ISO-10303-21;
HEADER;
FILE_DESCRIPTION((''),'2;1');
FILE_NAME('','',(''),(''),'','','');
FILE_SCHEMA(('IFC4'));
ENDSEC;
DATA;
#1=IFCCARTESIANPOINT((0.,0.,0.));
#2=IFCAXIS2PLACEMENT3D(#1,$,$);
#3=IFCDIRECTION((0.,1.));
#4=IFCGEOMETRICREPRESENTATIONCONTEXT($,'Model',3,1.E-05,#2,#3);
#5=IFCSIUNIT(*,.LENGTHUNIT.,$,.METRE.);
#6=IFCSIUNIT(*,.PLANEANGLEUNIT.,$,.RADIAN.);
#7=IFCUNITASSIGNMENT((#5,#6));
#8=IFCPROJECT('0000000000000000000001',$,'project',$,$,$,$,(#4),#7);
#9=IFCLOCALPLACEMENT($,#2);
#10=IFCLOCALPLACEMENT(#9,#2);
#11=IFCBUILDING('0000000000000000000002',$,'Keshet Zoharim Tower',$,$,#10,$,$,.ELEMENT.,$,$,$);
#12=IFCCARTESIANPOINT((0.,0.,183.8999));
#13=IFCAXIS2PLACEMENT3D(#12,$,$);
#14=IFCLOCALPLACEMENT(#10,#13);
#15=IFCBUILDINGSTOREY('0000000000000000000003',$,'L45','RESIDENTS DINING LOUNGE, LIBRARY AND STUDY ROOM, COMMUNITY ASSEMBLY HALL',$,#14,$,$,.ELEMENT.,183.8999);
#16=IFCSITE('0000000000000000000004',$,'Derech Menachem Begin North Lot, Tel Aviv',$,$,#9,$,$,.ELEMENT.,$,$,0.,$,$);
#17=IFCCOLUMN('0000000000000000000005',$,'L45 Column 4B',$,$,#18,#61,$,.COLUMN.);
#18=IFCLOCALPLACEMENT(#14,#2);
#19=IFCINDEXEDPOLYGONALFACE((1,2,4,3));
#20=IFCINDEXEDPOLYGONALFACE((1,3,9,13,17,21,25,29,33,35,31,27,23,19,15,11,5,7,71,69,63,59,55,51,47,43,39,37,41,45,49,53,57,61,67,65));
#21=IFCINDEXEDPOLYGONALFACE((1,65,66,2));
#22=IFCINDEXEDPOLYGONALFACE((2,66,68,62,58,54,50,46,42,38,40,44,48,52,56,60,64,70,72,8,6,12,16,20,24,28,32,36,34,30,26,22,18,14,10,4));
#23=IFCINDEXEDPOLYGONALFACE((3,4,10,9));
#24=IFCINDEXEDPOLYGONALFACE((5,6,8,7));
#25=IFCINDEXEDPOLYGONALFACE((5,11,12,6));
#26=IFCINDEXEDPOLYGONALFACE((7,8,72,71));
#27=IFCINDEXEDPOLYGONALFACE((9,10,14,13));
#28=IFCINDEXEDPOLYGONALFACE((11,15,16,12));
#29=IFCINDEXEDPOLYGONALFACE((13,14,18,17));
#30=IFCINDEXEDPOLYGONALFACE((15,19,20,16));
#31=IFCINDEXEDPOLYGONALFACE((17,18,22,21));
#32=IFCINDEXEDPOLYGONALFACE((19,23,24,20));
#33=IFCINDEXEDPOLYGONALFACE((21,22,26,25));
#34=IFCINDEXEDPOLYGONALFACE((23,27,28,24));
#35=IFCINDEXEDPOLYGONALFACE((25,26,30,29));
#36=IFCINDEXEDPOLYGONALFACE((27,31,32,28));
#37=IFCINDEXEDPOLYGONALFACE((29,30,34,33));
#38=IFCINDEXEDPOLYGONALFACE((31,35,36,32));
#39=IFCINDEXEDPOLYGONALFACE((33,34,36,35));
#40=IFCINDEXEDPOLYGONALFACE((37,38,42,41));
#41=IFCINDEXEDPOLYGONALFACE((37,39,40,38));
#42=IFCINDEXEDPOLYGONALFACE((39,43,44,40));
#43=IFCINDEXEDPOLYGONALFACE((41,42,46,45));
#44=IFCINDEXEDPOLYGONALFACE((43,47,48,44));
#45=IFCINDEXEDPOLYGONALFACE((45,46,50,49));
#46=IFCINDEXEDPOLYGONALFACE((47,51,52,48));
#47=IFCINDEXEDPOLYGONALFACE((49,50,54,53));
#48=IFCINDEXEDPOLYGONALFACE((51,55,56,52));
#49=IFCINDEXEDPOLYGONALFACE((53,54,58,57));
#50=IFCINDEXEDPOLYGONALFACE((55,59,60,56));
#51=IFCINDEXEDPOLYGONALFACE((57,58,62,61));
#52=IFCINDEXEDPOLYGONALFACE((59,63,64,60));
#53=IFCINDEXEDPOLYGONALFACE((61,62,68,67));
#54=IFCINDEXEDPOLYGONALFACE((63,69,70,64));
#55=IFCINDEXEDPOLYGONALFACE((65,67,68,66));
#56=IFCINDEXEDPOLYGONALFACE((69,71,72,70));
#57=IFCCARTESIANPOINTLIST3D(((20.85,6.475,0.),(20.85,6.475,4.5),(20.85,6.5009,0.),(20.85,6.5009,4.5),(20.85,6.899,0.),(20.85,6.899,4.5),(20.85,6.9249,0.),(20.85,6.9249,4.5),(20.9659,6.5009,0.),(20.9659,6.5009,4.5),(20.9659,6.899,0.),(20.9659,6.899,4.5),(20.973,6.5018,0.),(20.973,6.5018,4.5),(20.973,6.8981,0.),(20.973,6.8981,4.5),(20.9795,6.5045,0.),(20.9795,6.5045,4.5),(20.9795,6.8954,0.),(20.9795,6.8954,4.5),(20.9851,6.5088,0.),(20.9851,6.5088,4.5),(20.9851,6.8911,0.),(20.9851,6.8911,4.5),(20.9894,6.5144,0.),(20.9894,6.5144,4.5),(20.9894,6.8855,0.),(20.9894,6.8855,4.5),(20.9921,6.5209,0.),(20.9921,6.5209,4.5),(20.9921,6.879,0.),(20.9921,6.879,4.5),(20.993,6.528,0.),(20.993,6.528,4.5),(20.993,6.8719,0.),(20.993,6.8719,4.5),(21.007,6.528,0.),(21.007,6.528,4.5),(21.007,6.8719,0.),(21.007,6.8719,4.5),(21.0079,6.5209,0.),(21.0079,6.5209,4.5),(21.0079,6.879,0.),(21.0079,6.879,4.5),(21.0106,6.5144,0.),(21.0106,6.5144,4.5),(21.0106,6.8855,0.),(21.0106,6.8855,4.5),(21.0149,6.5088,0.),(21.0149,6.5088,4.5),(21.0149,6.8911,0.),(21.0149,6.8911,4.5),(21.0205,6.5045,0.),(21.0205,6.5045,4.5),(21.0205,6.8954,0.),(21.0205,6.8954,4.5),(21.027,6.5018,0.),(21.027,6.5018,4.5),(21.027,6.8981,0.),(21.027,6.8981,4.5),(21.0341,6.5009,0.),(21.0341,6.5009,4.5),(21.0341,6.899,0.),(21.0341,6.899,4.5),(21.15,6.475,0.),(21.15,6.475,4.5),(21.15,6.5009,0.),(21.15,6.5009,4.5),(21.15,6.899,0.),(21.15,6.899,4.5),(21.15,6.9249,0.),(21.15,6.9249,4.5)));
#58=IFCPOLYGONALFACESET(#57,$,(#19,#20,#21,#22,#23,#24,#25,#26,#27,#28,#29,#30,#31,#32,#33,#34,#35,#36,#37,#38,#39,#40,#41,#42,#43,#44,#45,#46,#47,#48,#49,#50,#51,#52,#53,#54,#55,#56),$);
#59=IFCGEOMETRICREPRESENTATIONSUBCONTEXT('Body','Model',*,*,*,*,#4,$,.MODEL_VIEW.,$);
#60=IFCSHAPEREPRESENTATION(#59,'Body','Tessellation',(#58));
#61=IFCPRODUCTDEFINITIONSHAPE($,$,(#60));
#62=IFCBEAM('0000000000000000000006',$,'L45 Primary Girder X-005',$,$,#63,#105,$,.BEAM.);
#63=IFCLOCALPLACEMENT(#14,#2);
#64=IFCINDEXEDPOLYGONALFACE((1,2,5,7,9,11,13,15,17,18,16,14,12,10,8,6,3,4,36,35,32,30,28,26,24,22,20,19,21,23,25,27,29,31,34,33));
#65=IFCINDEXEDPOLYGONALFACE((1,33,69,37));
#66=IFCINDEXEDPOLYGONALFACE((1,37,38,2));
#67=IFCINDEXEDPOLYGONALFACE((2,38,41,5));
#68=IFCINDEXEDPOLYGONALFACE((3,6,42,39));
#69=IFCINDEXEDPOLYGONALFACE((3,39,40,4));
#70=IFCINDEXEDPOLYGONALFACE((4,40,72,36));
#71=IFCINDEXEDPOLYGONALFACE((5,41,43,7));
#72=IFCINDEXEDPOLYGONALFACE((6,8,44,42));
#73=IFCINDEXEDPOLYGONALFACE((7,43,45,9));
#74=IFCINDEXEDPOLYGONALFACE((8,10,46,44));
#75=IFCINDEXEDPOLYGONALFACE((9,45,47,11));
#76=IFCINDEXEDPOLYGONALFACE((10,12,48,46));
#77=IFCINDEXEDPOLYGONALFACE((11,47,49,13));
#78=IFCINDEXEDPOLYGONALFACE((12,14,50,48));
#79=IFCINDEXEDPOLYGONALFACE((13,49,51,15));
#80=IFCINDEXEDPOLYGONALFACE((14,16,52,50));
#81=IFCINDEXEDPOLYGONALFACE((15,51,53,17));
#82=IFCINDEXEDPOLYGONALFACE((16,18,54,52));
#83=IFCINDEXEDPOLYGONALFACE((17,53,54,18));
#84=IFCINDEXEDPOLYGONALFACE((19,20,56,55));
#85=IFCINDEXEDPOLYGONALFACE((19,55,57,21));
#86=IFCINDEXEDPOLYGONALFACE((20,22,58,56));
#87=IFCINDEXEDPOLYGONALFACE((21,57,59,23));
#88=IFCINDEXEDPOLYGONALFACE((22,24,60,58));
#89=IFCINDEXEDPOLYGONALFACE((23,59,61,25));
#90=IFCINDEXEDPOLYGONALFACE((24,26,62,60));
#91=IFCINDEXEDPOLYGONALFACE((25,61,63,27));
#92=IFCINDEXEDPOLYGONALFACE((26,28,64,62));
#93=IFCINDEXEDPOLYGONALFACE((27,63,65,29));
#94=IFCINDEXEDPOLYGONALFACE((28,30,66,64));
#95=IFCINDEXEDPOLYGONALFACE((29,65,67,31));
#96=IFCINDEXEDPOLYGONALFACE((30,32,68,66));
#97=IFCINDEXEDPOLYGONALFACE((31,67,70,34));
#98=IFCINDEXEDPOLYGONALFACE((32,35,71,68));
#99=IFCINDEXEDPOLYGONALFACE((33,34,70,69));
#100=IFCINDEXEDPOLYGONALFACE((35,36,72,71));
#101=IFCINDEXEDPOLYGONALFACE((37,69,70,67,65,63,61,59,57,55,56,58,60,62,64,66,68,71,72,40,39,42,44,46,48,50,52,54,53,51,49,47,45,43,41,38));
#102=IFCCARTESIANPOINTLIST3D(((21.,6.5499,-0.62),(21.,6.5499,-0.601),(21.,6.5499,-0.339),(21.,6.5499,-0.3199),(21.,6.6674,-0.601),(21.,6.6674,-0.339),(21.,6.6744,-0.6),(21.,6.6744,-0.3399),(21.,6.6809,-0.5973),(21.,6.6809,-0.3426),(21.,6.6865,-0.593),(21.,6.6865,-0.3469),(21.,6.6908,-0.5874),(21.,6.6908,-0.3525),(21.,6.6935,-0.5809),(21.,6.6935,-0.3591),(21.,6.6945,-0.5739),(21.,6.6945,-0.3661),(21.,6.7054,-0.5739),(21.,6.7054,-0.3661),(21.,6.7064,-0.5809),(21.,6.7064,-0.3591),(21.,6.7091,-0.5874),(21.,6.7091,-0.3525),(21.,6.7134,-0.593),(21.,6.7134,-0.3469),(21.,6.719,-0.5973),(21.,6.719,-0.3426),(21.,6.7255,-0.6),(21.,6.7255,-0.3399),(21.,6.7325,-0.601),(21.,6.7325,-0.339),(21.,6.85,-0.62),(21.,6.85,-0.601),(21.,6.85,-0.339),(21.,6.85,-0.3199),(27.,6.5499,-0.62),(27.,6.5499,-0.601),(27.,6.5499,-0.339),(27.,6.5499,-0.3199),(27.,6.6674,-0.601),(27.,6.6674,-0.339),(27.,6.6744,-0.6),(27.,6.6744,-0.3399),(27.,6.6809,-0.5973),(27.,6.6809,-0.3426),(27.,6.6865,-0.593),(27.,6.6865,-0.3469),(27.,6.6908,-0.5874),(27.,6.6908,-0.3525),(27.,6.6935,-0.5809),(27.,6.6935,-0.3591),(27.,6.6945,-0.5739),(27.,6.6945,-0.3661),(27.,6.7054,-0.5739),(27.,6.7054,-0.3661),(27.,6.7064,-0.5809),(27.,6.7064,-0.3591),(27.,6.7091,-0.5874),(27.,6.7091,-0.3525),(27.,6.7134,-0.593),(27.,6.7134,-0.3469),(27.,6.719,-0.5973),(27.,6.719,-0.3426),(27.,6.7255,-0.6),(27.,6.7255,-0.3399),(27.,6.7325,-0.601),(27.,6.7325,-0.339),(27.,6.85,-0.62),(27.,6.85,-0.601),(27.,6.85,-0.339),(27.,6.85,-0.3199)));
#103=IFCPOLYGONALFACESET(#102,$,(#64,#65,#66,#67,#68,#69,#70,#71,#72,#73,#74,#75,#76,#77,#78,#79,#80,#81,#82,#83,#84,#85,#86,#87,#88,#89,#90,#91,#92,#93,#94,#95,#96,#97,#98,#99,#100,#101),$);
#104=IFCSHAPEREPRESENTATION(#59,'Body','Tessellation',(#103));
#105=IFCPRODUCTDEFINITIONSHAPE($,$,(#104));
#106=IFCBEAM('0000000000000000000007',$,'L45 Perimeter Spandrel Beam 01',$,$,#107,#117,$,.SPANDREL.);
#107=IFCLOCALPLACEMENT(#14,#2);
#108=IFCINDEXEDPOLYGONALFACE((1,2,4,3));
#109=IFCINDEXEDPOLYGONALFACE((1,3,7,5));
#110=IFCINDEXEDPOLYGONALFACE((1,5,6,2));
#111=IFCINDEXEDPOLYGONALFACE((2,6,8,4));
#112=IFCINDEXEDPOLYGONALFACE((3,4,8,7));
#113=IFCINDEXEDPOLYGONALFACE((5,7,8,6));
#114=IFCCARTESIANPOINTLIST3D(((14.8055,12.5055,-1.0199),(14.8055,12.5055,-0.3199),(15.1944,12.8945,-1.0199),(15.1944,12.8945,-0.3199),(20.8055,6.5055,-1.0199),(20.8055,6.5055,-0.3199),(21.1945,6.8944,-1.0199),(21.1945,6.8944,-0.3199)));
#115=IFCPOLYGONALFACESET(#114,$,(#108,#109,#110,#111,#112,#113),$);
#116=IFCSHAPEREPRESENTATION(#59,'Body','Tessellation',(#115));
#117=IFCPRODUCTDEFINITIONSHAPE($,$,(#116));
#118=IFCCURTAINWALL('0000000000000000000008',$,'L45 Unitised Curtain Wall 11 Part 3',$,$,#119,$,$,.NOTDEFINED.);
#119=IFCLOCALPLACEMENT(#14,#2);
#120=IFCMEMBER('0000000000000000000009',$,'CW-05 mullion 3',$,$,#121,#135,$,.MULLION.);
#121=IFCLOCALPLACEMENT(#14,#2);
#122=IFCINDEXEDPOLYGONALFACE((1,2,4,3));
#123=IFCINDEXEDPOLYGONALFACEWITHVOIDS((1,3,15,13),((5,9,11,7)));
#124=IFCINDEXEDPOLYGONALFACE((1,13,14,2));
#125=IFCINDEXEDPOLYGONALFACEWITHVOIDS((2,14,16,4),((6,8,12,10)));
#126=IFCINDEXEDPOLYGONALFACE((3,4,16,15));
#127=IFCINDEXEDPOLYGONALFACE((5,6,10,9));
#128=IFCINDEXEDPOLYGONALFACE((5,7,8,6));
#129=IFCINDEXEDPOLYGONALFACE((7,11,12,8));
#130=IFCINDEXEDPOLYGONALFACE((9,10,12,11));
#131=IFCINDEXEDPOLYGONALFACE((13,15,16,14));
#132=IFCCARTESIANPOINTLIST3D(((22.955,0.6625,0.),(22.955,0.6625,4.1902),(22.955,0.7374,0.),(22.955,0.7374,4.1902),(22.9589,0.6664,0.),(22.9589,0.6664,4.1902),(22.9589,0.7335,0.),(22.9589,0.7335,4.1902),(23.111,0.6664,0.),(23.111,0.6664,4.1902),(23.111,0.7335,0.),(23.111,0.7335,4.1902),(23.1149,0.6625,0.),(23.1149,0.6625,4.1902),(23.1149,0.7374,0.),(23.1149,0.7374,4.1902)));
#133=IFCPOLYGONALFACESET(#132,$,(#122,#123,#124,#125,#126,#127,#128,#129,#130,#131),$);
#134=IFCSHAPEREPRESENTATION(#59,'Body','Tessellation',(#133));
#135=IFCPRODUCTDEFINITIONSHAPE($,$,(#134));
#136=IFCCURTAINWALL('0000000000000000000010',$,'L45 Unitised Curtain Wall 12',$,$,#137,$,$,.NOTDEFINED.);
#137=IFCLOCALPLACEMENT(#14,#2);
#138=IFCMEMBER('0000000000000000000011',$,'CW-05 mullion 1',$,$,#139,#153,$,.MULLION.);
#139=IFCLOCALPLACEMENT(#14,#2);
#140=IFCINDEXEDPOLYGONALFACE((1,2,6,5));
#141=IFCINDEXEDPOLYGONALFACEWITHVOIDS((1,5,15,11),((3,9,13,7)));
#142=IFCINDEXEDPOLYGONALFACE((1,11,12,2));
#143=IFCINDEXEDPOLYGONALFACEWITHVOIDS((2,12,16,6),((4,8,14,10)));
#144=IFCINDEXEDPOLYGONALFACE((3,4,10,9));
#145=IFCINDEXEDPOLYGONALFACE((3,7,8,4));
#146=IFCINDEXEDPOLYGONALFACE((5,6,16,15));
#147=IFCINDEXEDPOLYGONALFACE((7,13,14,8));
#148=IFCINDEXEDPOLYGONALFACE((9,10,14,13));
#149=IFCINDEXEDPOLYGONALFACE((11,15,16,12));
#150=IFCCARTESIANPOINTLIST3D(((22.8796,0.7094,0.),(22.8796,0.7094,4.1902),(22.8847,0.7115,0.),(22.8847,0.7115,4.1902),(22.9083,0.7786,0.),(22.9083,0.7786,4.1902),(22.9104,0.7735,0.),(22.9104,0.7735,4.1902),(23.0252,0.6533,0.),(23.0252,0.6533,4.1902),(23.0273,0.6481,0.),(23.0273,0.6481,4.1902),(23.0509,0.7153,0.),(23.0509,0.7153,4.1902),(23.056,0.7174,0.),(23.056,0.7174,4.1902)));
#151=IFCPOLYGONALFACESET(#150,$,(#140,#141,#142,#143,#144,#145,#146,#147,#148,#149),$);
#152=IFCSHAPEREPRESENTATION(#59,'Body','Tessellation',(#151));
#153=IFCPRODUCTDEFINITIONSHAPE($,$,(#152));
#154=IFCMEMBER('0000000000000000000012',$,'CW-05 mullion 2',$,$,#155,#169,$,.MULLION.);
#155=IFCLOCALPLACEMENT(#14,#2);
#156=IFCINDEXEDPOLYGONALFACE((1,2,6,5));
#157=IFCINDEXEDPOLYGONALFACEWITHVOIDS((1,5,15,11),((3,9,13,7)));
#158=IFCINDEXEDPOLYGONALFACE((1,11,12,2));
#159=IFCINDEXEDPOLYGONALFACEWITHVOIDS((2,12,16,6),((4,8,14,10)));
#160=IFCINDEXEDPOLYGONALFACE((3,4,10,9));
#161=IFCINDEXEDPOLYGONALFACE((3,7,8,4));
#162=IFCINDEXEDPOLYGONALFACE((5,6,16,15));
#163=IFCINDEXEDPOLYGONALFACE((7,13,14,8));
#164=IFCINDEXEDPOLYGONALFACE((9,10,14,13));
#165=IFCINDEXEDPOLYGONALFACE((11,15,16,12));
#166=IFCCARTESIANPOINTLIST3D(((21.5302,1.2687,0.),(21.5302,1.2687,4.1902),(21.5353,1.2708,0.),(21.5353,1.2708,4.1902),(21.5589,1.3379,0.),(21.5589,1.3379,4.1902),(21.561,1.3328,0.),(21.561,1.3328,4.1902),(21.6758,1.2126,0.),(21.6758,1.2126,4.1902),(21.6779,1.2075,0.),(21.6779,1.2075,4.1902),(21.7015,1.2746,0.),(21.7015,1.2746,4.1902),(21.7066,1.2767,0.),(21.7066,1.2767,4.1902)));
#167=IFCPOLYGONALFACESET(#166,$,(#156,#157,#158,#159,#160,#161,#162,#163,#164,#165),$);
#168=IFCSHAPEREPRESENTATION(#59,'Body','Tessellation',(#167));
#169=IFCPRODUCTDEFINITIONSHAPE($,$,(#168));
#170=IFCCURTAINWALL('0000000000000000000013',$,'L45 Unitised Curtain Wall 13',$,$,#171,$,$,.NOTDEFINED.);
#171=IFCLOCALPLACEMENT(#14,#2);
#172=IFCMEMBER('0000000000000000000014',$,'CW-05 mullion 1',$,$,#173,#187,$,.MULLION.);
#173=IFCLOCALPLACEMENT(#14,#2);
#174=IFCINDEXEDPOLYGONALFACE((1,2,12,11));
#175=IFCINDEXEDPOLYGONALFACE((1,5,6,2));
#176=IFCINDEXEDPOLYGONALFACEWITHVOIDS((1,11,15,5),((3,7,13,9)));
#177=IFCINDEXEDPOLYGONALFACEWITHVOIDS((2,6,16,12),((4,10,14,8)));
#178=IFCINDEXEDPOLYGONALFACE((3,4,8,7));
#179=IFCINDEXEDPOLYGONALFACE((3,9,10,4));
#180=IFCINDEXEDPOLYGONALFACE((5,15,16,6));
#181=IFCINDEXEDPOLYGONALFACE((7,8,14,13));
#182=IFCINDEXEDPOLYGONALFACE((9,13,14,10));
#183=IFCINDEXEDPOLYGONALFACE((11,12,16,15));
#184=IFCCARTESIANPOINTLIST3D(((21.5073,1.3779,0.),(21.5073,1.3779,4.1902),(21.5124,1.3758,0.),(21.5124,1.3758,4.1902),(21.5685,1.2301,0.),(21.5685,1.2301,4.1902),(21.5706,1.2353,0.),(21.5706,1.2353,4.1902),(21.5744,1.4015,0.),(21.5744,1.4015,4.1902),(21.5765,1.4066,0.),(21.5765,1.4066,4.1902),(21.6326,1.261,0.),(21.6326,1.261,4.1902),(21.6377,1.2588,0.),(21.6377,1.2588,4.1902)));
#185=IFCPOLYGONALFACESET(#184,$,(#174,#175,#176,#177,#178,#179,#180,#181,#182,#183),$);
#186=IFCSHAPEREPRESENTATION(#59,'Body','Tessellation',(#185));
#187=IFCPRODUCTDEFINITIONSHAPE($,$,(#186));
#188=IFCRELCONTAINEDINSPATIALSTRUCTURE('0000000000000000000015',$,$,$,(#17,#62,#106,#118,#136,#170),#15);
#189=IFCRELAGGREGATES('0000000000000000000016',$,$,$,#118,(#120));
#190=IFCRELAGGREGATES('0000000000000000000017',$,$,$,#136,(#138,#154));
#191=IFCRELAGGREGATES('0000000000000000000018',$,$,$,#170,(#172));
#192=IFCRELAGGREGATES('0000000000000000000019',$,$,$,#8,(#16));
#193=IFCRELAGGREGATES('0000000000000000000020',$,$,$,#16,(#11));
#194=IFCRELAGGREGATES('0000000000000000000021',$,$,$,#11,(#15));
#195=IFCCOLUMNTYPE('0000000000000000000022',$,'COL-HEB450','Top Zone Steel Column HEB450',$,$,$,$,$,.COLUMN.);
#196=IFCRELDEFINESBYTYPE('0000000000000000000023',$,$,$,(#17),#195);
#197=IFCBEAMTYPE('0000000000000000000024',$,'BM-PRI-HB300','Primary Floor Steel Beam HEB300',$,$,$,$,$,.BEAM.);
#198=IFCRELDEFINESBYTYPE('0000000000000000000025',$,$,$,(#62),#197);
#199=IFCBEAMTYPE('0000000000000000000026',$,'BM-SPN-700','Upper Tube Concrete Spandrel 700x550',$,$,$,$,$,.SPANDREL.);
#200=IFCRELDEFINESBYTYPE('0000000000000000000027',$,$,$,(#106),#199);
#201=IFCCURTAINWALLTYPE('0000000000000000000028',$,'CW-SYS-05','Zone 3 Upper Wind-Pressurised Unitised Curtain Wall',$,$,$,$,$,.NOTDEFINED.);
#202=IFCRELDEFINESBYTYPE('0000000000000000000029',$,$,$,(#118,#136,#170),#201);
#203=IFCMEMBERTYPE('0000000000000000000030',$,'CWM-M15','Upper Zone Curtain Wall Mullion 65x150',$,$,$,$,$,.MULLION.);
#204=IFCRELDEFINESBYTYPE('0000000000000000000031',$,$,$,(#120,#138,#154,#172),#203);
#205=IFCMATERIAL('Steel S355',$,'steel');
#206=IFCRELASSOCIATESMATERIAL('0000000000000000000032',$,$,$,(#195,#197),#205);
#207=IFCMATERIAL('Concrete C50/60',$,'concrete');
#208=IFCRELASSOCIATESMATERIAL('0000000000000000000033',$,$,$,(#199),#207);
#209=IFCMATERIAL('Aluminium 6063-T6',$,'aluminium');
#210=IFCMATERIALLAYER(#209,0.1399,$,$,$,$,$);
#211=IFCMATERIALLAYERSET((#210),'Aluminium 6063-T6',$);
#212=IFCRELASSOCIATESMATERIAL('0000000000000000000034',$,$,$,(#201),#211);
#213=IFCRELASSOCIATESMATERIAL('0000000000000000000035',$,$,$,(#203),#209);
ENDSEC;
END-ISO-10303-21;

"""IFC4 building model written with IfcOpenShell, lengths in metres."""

from ifc_helpers import new_model, si_unit, direction, frame, origin, origin_2d, place, context, subcontext, project, spatial, rectangle, hollow_rectangle, i_section, extrude, material, layer, layer_set, material_profile, profile_set, type_object, element, aggregate, save


model = new_model("IFC4")

# Units and contexts
model_context = context("Model", 3, precision=1e-05, world=origin(), true_north=direction((0.0, 1.0)))
body_context = subcontext(model_context, "Body", "Model", "MODEL_VIEW")
ifc_project = project(units=[si_unit("LENGTHUNIT", "METRE"), si_unit("PLANEANGLEUNIT", "RADIAN")], contexts=[model_context])

# Site, building, storey
site_placement = place(None, origin())
site = spatial("IfcSite", under=ifc_project, at=site_placement, Name="Derech Menachem Begin North Lot, Tel Aviv", CompositionType="ELEMENT", RefElevation=0.0)
building_placement = place(site_placement, origin())
building = spatial("IfcBuilding", under=site, at=building_placement, Name="Keshet Zoharim Tower", CompositionType="ELEMENT")
storey_placement = place(building_placement, frame((0.0, 0.0, 183.8999)))
storey = spatial("IfcBuildingStorey", under=building, at=storey_placement, Name="L45", Description="RESIDENTS DINING LOUNGE, LIBRARY AND STUDY ROOM, COMMUNITY ASSEMBLY HALL", CompositionType="ELEMENT", Elevation=183.8999)

# Column
ifc_material_1 = material(Name="Steel S355", Category="steel")
ifc_material_profile_1 = material_profile(ifc_material_1, i_section(OverallWidth=0.3, OverallDepth=0.45, WebThickness=0.0139, FlangeThickness=0.0259, FilletRadius=0.0271, at=origin_2d()), Name="HEB450")
ifc_profile_set_1 = profile_set([ifc_material_profile_1], Name="Steel S355")
column_type = type_object("IfcColumnType", Name="COL-HEB450", Description="Top Zone Steel Column HEB450", PredefinedType="COLUMN", material=ifc_profile_set_1)
column_placement = place(storey_placement, frame((21.0, 6.7, 0.0), z_axis=(0.0, 0.0, 1.0), x_axis=(1.0, 0.0, 0.0)))
element("IfcColumn", 1, at=column_placement, inside=storey, type_object=column_type, Name="L45 Column 4B", PredefinedType="COLUMN", context=body_context, shape_type="SweptSolid", body=[
    extrude(i_section(OverallWidth=0.3, OverallDepth=0.45, WebThickness=0.0139, FlangeThickness=0.0259, FilletRadius=0.0271, at=origin_2d()), origin(), (0.0, 0.0, 1.0), 4.5),
])

# Beams
ifc_material_profile_2 = material_profile(ifc_material_1, i_section(OverallWidth=0.3, OverallDepth=0.3, WebThickness=0.011, FlangeThickness=0.019, FilletRadius=0.0271, at=origin_2d()), Name="HEB300")
ifc_profile_set_2 = profile_set([ifc_material_profile_2], Name="Steel S355")
beam_type_1 = type_object("IfcBeamType", Name="BM-PRI-HB300", Description="Primary Floor Steel Beam HEB300", PredefinedType="BEAM", material=ifc_profile_set_2)
beam_1_placement = place(storey_placement, frame((21.0, 6.7, -0.47), z_axis=(1.0, 0.0, 0.0), x_axis=(0.0, 1.0, 0.0)))
element("IfcBeam", 2, at=beam_1_placement, inside=storey, type_object=beam_type_1, Name="L45 Primary Girder X-005", PredefinedType="BEAM", context=body_context, shape_type="SweptSolid", body=[
    extrude(i_section(OverallWidth=0.3, OverallDepth=0.3, WebThickness=0.011, FlangeThickness=0.019, FilletRadius=0.0271, at=origin_2d()), origin(), (0.0, 0.0, 1.0), 6.0),
])
ifc_material_2 = material(Name="Concrete C50/60", Category="concrete")
ifc_material_profile_3 = material_profile(ifc_material_2, rectangle(XDim=0.55, YDim=0.7, at=origin_2d()), Name="RC700x550")
ifc_profile_set_3 = profile_set([ifc_material_profile_3], Name="Concrete C50/60")
beam_type_2 = type_object("IfcBeamType", Name="BM-SPN-700", Description="Upper Tube Concrete Spandrel 700x550", PredefinedType="SPANDREL", material=ifc_profile_set_3)
beam_2_placement = place(storey_placement, frame((21.0, 6.7, -0.6699), z_axis=(-0.707107, 0.707107, 0.0), x_axis=(-0.707107, -0.707107, 0.0)))
element("IfcBeam", 3, at=beam_2_placement, inside=storey, type_object=beam_type_2, Name="L45 Perimeter Spandrel Beam 01", PredefinedType="SPANDREL", context=body_context, shape_type="SweptSolid", body=[
    extrude(rectangle(XDim=0.55, YDim=0.7, at=origin_2d()), origin(), (0.0, 0.0, 1.0), 8.4854),
])

# Curtain wall, member
ifc_material_3 = material(Name="Aluminium 6063-T6", Category="aluminium")
ifc_layer_1 = layer(ifc_material_3, 0.1399)
ifc_layer_set_1 = layer_set([ifc_layer_1], Name="Aluminium 6063-T6")
curtain_wall_type = type_object("IfcCurtainWallType", Name="CW-SYS-05", Description="Zone 3 Upper Wind-Pressurised Unitised Curtain Wall", PredefinedType="NOTDEFINED", material=ifc_layer_set_1)
curtain_wall_1_placement = place(storey_placement, origin())
curtain_wall_1 = element("IfcCurtainWall", 4, at=curtain_wall_1_placement, inside=storey, type_object=curtain_wall_type, Name="L45 Unitised Curtain Wall 11 Part 3", PredefinedType="NOTDEFINED")
ifc_material_profile_4 = material_profile(ifc_material_3, hollow_rectangle(XDim=0.075, YDim=0.1599, WallThickness=0.0039, at=origin_2d()), Name="MUL-75x160")
ifc_profile_set_4 = profile_set([ifc_material_profile_4], Name="Aluminium 6063-T6")
member_type_1 = type_object("IfcMemberType", Name="CWM-M15", Description="Upper Zone Curtain Wall Mullion 65x150", PredefinedType="MULLION", material=ifc_profile_set_4)
member_1_placement = place(storey_placement, frame((23.0349, 0.7, 0.0), z_axis=(0.0, 0.0, 1.0), x_axis=(0.0, -1.0, 0.0)))
member_1 = element("IfcMember", 5, at=member_1_placement, type_object=member_type_1, Name="CW-05 mullion 3", PredefinedType="MULLION", context=body_context, shape_type="SweptSolid", body=[
    extrude(hollow_rectangle(XDim=0.075, YDim=0.1599, WallThickness=0.0039, at=origin_2d()), origin(), (0.0, 0.0, 1.0), 4.1902),
])
aggregate(curtain_wall_1, [member_1])

# Curtain walls, members
curtain_wall_2_placement = place(storey_placement, origin())
curtain_wall_2 = element("IfcCurtainWall", 6, at=curtain_wall_2_placement, inside=storey, type_object=curtain_wall_type, Name="L45 Unitised Curtain Wall 12", PredefinedType="NOTDEFINED")
member_2_placement = place(storey_placement, frame((22.9678, 0.7134, 0.0), z_axis=(0.0, 0.0, 1.0), x_axis=(-0.382852, -0.92381, 0.0)))
member_2 = element("IfcMember", 7, at=member_2_placement, type_object=member_type_1, Name="CW-05 mullion 1", PredefinedType="MULLION", context=body_context, shape_type="SweptSolid", body=[
    extrude(hollow_rectangle(XDim=0.075, YDim=0.1599, WallThickness=0.0039, at=origin_2d()), origin(), (0.0, 0.0, 1.0), 4.1902),
])
member_3_placement = place(storey_placement, frame((21.6184, 1.2727, 0.0), z_axis=(0.0, 0.0, 1.0), x_axis=(-0.382852, -0.92381, 0.0)))
member_3 = element("IfcMember", 8, at=member_3_placement, type_object=member_type_1, Name="CW-05 mullion 2", PredefinedType="MULLION", context=body_context, shape_type="SweptSolid", body=[
    extrude(hollow_rectangle(XDim=0.075, YDim=0.1599, WallThickness=0.0039, at=origin_2d()), origin(), (0.0, 0.0, 1.0), 4.1902),
])
curtain_wall_3_placement = place(storey_placement, origin())
curtain_wall_3 = element("IfcCurtainWall", 9, at=curtain_wall_3_placement, inside=storey, type_object=curtain_wall_type, Name="L45 Unitised Curtain Wall 13", PredefinedType="NOTDEFINED")
member_4_placement = place(storey_placement, frame((21.5725, 1.3184, 0.0), z_axis=(0.0, 0.0, 1.0), x_axis=(-0.92381, -0.382852, 0.0)))
member_4 = element("IfcMember", 10, at=member_4_placement, type_object=member_type_1, Name="CW-05 mullion 1", PredefinedType="MULLION", context=body_context, shape_type="SweptSolid", body=[
    extrude(hollow_rectangle(XDim=0.075, YDim=0.1599, WallThickness=0.0039, at=origin_2d()), origin(), (0.0, 0.0, 1.0), 4.1902),
])

aggregate(curtain_wall_2, [member_2, member_3])
aggregate(curtain_wall_3, [member_4])

save(model, "model.ifc")
